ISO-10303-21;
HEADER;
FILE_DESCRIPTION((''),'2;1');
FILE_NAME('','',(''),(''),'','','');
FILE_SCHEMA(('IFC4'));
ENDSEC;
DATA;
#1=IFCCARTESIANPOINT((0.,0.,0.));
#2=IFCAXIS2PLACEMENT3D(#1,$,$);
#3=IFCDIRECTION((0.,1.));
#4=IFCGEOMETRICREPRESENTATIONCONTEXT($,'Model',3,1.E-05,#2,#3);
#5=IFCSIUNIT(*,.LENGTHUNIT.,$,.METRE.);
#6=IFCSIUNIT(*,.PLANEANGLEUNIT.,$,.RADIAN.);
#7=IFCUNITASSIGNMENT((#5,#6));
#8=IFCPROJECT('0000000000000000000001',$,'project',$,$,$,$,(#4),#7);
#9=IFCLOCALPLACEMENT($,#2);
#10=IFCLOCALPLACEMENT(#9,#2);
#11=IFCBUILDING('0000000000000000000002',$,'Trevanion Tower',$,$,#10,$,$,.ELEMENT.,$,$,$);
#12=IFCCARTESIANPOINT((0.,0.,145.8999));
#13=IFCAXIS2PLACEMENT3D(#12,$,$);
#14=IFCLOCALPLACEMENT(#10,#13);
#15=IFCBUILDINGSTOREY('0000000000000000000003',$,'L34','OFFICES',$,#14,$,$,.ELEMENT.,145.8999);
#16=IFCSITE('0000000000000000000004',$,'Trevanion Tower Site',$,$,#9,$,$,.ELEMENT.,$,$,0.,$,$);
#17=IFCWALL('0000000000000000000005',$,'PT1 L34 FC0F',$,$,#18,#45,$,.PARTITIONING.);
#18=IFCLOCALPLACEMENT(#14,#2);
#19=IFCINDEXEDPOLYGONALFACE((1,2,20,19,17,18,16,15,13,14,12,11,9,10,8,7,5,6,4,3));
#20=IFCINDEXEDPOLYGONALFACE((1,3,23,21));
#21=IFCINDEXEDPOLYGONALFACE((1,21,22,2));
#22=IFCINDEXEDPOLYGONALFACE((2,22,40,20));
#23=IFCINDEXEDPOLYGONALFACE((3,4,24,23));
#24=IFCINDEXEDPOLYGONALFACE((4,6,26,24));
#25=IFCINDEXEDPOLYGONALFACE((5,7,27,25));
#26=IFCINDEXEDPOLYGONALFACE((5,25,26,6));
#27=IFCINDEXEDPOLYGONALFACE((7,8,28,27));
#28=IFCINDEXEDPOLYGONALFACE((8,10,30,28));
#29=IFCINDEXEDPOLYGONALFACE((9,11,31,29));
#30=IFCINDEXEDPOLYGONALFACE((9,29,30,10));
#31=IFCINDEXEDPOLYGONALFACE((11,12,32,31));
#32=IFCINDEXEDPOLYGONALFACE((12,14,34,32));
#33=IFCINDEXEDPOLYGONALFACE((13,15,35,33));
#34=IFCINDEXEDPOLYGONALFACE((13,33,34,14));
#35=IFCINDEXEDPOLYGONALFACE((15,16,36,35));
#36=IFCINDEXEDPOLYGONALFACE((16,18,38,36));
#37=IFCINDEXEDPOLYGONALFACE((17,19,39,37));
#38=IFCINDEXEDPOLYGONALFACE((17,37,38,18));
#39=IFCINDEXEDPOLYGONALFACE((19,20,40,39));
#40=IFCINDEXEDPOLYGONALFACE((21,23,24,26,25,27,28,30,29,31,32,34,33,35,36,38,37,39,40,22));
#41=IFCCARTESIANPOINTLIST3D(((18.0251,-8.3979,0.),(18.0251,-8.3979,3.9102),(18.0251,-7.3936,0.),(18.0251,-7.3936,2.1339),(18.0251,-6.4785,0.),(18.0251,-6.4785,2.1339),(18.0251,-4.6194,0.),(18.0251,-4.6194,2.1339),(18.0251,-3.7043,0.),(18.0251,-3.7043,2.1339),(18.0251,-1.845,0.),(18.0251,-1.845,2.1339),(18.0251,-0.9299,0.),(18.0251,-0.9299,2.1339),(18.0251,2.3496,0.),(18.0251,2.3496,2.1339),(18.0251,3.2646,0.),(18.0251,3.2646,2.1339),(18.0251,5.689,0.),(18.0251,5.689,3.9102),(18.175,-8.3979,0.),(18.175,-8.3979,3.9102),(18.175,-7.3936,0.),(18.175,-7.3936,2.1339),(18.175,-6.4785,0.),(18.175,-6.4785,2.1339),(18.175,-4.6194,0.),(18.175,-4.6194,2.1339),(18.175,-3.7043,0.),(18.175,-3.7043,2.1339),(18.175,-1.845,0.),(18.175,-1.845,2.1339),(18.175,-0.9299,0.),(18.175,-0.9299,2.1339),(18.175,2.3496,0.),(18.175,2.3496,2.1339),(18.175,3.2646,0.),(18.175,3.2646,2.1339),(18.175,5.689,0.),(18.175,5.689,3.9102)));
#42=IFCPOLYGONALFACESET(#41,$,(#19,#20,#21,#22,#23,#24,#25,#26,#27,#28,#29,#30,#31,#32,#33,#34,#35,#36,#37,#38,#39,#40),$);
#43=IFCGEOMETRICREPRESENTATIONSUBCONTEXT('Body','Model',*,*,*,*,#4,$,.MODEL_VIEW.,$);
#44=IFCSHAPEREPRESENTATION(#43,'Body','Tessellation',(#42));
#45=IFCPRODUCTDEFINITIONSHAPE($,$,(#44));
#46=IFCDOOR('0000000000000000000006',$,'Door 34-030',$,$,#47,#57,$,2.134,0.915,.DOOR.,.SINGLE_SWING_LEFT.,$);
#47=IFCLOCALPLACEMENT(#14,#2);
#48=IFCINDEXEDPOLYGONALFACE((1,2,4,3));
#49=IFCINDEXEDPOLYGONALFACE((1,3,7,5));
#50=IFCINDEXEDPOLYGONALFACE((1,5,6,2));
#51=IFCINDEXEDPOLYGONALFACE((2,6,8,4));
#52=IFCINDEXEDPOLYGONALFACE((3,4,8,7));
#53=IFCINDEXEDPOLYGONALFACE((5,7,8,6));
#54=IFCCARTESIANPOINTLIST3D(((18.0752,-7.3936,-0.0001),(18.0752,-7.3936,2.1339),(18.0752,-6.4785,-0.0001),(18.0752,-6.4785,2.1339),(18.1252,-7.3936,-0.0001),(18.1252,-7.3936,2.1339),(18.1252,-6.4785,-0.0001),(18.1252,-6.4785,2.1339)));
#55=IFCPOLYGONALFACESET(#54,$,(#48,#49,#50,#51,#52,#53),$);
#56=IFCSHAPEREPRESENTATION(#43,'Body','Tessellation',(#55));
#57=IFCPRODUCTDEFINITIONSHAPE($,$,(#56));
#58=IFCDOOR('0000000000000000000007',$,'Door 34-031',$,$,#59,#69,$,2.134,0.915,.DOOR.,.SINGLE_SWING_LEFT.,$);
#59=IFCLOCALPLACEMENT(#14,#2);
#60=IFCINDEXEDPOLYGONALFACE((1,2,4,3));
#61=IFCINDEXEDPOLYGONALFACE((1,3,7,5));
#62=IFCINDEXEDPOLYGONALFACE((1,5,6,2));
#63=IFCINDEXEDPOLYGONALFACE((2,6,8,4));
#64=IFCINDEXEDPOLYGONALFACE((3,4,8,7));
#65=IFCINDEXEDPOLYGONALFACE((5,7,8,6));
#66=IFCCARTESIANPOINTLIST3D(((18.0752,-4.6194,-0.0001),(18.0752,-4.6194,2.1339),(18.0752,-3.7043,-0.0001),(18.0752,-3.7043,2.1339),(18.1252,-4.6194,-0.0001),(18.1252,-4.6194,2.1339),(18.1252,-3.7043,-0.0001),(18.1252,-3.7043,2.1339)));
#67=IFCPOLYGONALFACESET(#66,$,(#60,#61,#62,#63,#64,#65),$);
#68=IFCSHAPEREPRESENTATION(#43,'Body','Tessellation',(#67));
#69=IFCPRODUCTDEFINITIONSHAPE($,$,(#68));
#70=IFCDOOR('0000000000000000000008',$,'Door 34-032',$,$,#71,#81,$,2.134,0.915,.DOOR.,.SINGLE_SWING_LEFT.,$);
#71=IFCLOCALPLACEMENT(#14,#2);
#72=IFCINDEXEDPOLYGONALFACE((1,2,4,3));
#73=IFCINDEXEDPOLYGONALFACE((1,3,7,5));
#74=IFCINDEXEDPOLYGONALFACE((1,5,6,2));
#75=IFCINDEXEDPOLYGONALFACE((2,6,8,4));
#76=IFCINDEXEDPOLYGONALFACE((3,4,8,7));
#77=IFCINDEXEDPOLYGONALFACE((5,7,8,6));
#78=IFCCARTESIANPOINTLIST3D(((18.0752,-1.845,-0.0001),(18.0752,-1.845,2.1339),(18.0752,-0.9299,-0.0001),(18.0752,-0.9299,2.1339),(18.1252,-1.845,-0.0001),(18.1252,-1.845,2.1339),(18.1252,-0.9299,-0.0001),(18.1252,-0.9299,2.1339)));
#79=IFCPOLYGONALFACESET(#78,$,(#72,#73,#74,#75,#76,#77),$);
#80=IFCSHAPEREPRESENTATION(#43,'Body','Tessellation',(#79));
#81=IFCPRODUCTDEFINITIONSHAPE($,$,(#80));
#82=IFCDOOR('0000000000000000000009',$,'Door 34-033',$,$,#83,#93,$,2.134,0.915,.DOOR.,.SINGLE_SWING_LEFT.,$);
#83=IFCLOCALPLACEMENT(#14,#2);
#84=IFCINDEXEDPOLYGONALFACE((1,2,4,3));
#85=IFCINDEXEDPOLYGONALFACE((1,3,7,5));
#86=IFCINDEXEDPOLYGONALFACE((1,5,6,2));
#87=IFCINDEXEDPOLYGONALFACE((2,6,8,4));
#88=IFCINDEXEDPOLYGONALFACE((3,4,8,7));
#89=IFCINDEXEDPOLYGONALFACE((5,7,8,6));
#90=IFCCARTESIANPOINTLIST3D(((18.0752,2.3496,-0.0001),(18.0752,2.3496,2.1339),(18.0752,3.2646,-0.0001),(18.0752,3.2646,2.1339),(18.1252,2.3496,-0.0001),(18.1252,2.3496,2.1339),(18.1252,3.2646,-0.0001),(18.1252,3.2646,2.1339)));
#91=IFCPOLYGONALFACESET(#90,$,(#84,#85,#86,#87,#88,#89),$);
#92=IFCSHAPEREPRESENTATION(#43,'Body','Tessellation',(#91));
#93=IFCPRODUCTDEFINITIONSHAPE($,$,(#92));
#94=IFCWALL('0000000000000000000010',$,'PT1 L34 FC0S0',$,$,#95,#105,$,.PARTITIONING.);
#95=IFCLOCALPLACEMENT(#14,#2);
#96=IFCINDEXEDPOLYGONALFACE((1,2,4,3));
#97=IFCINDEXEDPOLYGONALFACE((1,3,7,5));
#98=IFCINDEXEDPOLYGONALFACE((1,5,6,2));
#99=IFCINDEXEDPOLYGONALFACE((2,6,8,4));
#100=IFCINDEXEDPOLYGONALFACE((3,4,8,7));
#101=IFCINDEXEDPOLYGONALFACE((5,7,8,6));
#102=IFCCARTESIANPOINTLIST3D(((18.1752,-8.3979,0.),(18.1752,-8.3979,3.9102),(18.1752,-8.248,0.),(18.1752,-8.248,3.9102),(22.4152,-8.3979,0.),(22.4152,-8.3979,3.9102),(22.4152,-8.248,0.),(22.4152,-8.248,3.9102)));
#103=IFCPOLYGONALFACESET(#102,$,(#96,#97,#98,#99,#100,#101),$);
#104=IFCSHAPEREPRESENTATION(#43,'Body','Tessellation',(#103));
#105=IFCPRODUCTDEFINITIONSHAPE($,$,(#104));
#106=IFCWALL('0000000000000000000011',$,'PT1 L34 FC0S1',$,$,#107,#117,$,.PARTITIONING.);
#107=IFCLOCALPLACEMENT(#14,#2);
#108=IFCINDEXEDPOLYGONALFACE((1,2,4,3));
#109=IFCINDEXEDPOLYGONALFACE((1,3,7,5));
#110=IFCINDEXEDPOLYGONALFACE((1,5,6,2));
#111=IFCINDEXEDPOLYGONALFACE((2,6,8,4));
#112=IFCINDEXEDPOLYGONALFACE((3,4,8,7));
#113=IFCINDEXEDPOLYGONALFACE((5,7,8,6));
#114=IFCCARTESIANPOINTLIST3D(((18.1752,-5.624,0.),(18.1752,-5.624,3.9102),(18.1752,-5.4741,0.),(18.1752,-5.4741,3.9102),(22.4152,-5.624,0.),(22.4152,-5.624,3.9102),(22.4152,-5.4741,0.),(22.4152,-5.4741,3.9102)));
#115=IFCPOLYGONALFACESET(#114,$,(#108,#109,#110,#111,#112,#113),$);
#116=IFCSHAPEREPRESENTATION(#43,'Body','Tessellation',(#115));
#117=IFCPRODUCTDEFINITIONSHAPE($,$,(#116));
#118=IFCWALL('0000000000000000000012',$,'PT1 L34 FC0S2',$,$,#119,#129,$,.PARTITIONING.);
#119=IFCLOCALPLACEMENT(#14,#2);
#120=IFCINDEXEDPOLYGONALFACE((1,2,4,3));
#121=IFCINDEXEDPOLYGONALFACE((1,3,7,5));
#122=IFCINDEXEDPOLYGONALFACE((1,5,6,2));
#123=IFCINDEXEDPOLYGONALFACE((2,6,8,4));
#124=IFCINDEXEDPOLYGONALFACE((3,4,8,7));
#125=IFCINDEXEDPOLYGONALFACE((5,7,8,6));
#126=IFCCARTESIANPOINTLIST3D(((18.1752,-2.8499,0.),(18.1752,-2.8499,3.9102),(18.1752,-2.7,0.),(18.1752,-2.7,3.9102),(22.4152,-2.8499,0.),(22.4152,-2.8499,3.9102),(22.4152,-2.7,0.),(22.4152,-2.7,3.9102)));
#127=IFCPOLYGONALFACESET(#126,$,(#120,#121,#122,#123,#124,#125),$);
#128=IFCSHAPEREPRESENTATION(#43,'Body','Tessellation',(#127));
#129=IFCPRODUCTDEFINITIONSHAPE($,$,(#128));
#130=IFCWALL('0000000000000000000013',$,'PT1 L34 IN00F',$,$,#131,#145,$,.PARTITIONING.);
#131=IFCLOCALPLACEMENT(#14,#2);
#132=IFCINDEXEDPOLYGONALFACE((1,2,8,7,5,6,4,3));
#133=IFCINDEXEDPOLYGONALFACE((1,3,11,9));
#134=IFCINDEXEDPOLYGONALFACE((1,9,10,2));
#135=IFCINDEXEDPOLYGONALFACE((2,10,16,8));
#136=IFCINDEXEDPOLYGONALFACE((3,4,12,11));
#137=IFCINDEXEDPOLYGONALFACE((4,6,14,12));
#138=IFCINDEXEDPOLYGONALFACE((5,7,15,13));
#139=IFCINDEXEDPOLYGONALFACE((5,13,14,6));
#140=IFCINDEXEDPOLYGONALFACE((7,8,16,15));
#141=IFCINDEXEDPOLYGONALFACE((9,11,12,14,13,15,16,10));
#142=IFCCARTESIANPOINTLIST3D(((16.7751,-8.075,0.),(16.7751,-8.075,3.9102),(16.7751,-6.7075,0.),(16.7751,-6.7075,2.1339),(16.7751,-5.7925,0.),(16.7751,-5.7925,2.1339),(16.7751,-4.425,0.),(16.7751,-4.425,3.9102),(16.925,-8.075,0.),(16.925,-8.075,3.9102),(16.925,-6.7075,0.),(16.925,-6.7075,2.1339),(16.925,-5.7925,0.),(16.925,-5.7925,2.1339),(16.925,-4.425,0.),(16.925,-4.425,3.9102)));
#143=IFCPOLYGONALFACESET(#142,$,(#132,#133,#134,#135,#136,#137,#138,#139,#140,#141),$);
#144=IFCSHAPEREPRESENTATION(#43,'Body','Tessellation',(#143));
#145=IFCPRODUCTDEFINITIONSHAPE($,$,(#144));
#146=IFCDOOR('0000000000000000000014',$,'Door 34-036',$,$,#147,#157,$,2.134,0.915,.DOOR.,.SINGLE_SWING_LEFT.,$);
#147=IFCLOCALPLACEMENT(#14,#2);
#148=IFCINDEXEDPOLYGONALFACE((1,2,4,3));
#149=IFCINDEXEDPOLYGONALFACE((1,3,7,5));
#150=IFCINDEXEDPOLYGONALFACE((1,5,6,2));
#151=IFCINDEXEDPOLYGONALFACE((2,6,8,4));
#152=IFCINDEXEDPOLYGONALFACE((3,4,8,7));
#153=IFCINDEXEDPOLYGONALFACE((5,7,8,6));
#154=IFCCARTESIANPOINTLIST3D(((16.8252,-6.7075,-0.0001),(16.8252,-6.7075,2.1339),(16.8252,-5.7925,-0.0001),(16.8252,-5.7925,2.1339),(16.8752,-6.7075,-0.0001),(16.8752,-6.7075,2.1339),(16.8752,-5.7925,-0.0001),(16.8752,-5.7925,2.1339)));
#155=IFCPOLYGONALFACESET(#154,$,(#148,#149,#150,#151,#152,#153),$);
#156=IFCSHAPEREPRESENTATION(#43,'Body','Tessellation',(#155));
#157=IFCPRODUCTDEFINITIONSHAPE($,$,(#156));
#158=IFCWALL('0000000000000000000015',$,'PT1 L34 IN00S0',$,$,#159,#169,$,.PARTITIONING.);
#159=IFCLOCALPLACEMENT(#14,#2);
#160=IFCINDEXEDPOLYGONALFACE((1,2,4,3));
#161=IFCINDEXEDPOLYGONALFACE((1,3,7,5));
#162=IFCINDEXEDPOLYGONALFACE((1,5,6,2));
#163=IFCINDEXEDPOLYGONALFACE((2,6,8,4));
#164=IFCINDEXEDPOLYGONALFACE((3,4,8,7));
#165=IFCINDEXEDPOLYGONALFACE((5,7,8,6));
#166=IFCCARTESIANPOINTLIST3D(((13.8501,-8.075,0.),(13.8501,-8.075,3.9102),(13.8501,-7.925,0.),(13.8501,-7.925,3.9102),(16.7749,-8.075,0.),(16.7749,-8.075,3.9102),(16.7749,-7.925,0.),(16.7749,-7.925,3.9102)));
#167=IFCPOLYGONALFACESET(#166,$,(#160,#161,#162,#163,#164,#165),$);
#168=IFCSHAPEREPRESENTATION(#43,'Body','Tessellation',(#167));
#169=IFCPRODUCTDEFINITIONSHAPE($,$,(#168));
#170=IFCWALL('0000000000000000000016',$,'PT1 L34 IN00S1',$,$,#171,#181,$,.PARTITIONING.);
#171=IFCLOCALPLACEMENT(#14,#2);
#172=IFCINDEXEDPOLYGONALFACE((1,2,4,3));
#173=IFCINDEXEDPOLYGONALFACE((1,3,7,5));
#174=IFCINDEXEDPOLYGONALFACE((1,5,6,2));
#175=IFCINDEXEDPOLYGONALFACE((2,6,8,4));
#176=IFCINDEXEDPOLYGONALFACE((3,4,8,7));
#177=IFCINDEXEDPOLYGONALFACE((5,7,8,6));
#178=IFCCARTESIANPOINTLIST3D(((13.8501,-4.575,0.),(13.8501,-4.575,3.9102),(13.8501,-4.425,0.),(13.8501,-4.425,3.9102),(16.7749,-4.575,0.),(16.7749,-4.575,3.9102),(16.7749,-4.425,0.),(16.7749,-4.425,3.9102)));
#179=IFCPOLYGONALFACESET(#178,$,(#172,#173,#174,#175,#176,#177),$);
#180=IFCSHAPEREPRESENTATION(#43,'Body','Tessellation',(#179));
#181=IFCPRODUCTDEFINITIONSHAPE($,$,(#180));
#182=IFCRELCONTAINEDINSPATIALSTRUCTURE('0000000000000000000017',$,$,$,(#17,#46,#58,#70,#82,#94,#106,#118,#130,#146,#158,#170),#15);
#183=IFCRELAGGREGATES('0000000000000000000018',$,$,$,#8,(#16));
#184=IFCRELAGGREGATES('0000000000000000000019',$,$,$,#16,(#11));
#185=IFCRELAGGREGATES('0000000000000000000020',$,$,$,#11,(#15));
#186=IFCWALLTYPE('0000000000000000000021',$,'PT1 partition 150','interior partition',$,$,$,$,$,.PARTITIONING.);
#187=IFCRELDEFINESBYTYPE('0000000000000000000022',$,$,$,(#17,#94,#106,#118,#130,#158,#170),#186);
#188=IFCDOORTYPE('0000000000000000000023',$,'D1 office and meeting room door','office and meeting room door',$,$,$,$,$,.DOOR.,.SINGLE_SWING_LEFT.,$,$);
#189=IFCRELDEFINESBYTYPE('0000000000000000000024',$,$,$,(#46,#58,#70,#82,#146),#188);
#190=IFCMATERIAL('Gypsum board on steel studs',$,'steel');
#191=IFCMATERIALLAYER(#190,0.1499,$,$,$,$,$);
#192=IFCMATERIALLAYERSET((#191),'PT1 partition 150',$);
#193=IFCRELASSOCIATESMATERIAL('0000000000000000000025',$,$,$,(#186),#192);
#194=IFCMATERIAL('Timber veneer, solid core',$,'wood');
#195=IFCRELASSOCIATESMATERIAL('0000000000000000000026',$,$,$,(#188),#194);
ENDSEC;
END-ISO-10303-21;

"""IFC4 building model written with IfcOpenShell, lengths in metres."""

from ifc_helpers import new_model, si_unit, direction, frame, frame_2d, origin, place, context, subcontext, project, spatial, rectangle, extrude, material, layer, layer_set, type_object, element, fill, save


model = new_model("IFC4")

# Units and contexts
model_context = context("Model", 3, precision=1e-05, world=origin(), true_north=direction((0.0, 1.0)))
body_context = subcontext(model_context, "Body", "Model", "MODEL_VIEW")
ifc_project = project(units=[si_unit("LENGTHUNIT", "METRE"), si_unit("PLANEANGLEUNIT", "RADIAN")], contexts=[model_context])

# Site, building, storey
site_placement = place(None, origin())
site = spatial("IfcSite", under=ifc_project, at=site_placement, Name="Trevanion Tower Site", CompositionType="ELEMENT", RefElevation=0.0)
building_placement = place(site_placement, origin())
building = spatial("IfcBuilding", under=site, at=building_placement, Name="Trevanion Tower", CompositionType="ELEMENT")
storey_placement = place(building_placement, frame((0.0, 0.0, 145.8999)))
storey = spatial("IfcBuildingStorey", under=building, at=storey_placement, Name="L34", Description="OFFICES", CompositionType="ELEMENT", Elevation=145.8999)

# Wall, openings, doors
ifc_material_1 = material(Name="Gypsum board on steel studs", Category="steel")
ifc_layer_1 = layer(ifc_material_1, 0.1499)
ifc_layer_set_1 = layer_set([ifc_layer_1], Name="PT1 partition 150")
wall_type = type_object("IfcWallType", Name="PT1 partition 150", Description="interior partition", PredefinedType="PARTITIONING", material=ifc_layer_set_1)
wall_1_placement = place(storey_placement, frame((18.1001, -8.3979, 0.0), z_axis=(0.0, 0.0, 1.0), x_axis=(0.0, 1.0, 0.0)))
wall_1 = element("IfcWall", 1, at=wall_1_placement, inside=storey, type_object=wall_type, Name="PT1 L34 FC0F", PredefinedType="PARTITIONING", context=body_context, shape_type="SweptSolid", body=[
    extrude(rectangle(XDim=14.0869, YDim=0.1499, at=frame_2d((7.0435, 0.0))), origin(), (0.0, 0.0, 1.0), 3.9102),
])
opening_1_placement = place(wall_1_placement, frame((1.0044, 0.0, 0.0)))
opening_1 = element("IfcOpeningElement", 2, at=opening_1_placement, cuts=wall_1, PredefinedType="OPENING", context=body_context, shape_type="SweptSolid", body=[
    extrude(rectangle(XDim=0.915, YDim=2.134, at=frame_2d((0.4575, 1.0669))), frame((0.0, 0.085, 0.0), z_axis=(0.0, -1.0, 0.0), x_axis=(1.0, 0.0, 0.0)), (0.0, 0.0, 1.0), 0.1699),
])
opening_2_placement = place(wall_1_placement, frame((3.7786, 0.0, 0.0)))
opening_2 = element("IfcOpeningElement", 3, at=opening_2_placement, cuts=wall_1, PredefinedType="OPENING", context=body_context, shape_type="SweptSolid", body=[
    extrude(rectangle(XDim=0.915, YDim=2.134, at=frame_2d((0.4575, 1.0669))), frame((0.0, 0.085, 0.0), z_axis=(0.0, -1.0, 0.0), x_axis=(1.0, 0.0, 0.0)), (0.0, 0.0, 1.0), 0.1699),
])
opening_3_placement = place(wall_1_placement, frame((6.553, 0.0, 0.0)))
opening_3 = element("IfcOpeningElement", 4, at=opening_3_placement, cuts=wall_1, PredefinedType="OPENING", context=body_context, shape_type="SweptSolid", body=[
    extrude(rectangle(XDim=0.915, YDim=2.134, at=frame_2d((0.4575, 1.0669))), frame((0.0, 0.085, 0.0), z_axis=(0.0, -1.0, 0.0), x_axis=(1.0, 0.0, 0.0)), (0.0, 0.0, 1.0), 0.1699),
])
opening_4_placement = place(wall_1_placement, frame((10.7476, 0.0, 0.0)))
opening_4 = element("IfcOpeningElement", 5, at=opening_4_placement, cuts=wall_1, PredefinedType="OPENING", context=body_context, shape_type="SweptSolid", body=[
    extrude(rectangle(XDim=0.915, YDim=2.134, at=frame_2d((0.4575, 1.0669))), frame((0.0, 0.085, 0.0), z_axis=(0.0, -1.0, 0.0), x_axis=(1.0, 0.0, 0.0)), (0.0, 0.0, 1.0), 0.1699),
])
ifc_material_2 = material(Name="Timber veneer, solid core", Category="wood")
door_type = type_object("IfcDoorType", Name="D1 office and meeting room door", Description="office and meeting room door", OperationType="SINGLE_SWING_LEFT", PredefinedType="DOOR", material=ifc_material_2)
door_1_placement = place(opening_1_placement, origin())
door_1 = element("IfcDoor", 6, at=door_1_placement, inside=storey, type_object=door_type, Name="Door 34-030", OperationType="SINGLE_SWING_LEFT", OverallHeight=2.134, OverallWidth=0.915, PredefinedType="DOOR", context=body_context, shape_type="SweptSolid", body=[
    extrude(rectangle(XDim=0.915, YDim=2.134, at=frame_2d((0.4575, 1.0669))), frame((0.0, 0.0249, 0.0), z_axis=(0.0, -1.0, 0.0), x_axis=(1.0, 0.0, 0.0)), (0.0, 0.0, 1.0), 0.05),
])
fill(opening_1, door_1)
door_2_placement = place(opening_2_placement, origin())
door_2 = element("IfcDoor", 7, at=door_2_placement, inside=storey, type_object=door_type, Name="Door 34-031", OperationType="SINGLE_SWING_LEFT", OverallHeight=2.134, OverallWidth=0.915, PredefinedType="DOOR", context=body_context, shape_type="SweptSolid", body=[
    extrude(rectangle(XDim=0.915, YDim=2.134, at=frame_2d((0.4575, 1.0669))), frame((0.0, 0.0249, 0.0), z_axis=(0.0, -1.0, 0.0), x_axis=(1.0, 0.0, 0.0)), (0.0, 0.0, 1.0), 0.05),
])
fill(opening_2, door_2)
door_3_placement = place(opening_3_placement, origin())
door_3 = element("IfcDoor", 8, at=door_3_placement, inside=storey, type_object=door_type, Name="Door 34-032", OperationType="SINGLE_SWING_LEFT", OverallHeight=2.134, OverallWidth=0.915, PredefinedType="DOOR", context=body_context, shape_type="SweptSolid", body=[
    extrude(rectangle(XDim=0.915, YDim=2.134, at=frame_2d((0.4575, 1.0669))), frame((0.0, 0.0249, 0.0), z_axis=(0.0, -1.0, 0.0), x_axis=(1.0, 0.0, 0.0)), (0.0, 0.0, 1.0), 0.05),
])
fill(opening_3, door_3)
door_4_placement = place(opening_4_placement, origin())
door_4 = element("IfcDoor", 9, at=door_4_placement, inside=storey, type_object=door_type, Name="Door 34-033", OperationType="SINGLE_SWING_LEFT", OverallHeight=2.134, OverallWidth=0.915, PredefinedType="DOOR", context=body_context, shape_type="SweptSolid", body=[
    extrude(rectangle(XDim=0.915, YDim=2.134, at=frame_2d((0.4575, 1.0669))), frame((0.0, 0.0249, 0.0), z_axis=(0.0, -1.0, 0.0), x_axis=(1.0, 0.0, 0.0)), (0.0, 0.0, 1.0), 0.05),
])
fill(opening_4, door_4)

# Walls
for number, where, z_axis, x_axis, name in (
    (10, (18.175, -8.323, 0.0), (0.0, 0.0, 1.0), (1.0, 0.0, 0.0), "PT1 L34 FC0S0"),
    (11, (18.175, -5.5491, 0.0), (0.0, 0.0, 1.0), (1.0, 0.0, 0.0), "PT1 L34 FC0S1"),
    (12, (18.175, -2.7749, 0.0), (0.0, 0.0, 1.0), (1.0, 0.0, 0.0), "PT1 L34 FC0S2"),
):
    element("IfcWall", number, at=place(storey_placement, frame(where, z_axis=z_axis, x_axis=x_axis)), inside=storey, type_object=wall_type, Name=name, PredefinedType="PARTITIONING", context=body_context, shape_type="SweptSolid", body=[
        extrude(rectangle(XDim=4.24, YDim=0.1499, at=frame_2d((2.1201, 0.0))), origin(), (0.0, 0.0, 1.0), 3.9102),
    ])

# Wall, opening, door
wall_2_placement = place(storey_placement, frame((16.8501, -8.075, 0.0), z_axis=(0.0, 0.0, 1.0), x_axis=(0.0, 1.0, 0.0)))
wall_2 = element("IfcWall", 13, at=wall_2_placement, inside=storey, type_object=wall_type, Name="PT1 L34 IN00F", PredefinedType="PARTITIONING", context=body_context, shape_type="SweptSolid", body=[
    extrude(rectangle(XDim=3.6499, YDim=0.1499, at=frame_2d((1.825, 0.0))), origin(), (0.0, 0.0, 1.0), 3.9102),
])
opening_5_placement = place(wall_2_placement, frame((1.3674, 0.0, 0.0)))
opening_5 = element("IfcOpeningElement", 14, at=opening_5_placement, cuts=wall_2, PredefinedType="OPENING", context=body_context, shape_type="SweptSolid", body=[
    extrude(rectangle(XDim=0.915, YDim=2.134, at=frame_2d((0.4575, 1.0669))), frame((0.0, 0.085, 0.0), z_axis=(0.0, -1.0, 0.0), x_axis=(1.0, 0.0, 0.0)), (0.0, 0.0, 1.0), 0.1699),
])
door_5_placement = place(opening_5_placement, origin())
door_5 = element("IfcDoor", 15, at=door_5_placement, inside=storey, type_object=door_type, Name="Door 34-036", OperationType="SINGLE_SWING_LEFT", OverallHeight=2.134, OverallWidth=0.915, PredefinedType="DOOR", context=body_context, shape_type="SweptSolid", body=[
    extrude(rectangle(XDim=0.915, YDim=2.134, at=frame_2d((0.4575, 1.0669))), frame((0.0, 0.0249, 0.0), z_axis=(0.0, -1.0, 0.0), x_axis=(1.0, 0.0, 0.0)), (0.0, 0.0, 1.0), 0.05),
])
fill(opening_5, door_5)

# Walls
for number, where, z_axis, x_axis, name in (
    (16, (16.7749, -8.0, 0.0), (0.0, 0.0, 1.0), (-1.0, 0.0, 0.0), "PT1 L34 IN00S0"),
    (17, (16.7749, -4.5, 0.0), (0.0, 0.0, 1.0), (-1.0, 0.0, 0.0), "PT1 L34 IN00S1"),
):
    element("IfcWall", number, at=place(storey_placement, frame(where, z_axis=z_axis, x_axis=x_axis)), inside=storey, type_object=wall_type, Name=name, PredefinedType="PARTITIONING", context=body_context, shape_type="SweptSolid", body=[
        extrude(rectangle(XDim=2.9248, YDim=0.1499, at=frame_2d((1.4624, 0.0))), origin(), (0.0, 0.0, 1.0), 3.9102),
    ])

save(model, "model.ifc")
